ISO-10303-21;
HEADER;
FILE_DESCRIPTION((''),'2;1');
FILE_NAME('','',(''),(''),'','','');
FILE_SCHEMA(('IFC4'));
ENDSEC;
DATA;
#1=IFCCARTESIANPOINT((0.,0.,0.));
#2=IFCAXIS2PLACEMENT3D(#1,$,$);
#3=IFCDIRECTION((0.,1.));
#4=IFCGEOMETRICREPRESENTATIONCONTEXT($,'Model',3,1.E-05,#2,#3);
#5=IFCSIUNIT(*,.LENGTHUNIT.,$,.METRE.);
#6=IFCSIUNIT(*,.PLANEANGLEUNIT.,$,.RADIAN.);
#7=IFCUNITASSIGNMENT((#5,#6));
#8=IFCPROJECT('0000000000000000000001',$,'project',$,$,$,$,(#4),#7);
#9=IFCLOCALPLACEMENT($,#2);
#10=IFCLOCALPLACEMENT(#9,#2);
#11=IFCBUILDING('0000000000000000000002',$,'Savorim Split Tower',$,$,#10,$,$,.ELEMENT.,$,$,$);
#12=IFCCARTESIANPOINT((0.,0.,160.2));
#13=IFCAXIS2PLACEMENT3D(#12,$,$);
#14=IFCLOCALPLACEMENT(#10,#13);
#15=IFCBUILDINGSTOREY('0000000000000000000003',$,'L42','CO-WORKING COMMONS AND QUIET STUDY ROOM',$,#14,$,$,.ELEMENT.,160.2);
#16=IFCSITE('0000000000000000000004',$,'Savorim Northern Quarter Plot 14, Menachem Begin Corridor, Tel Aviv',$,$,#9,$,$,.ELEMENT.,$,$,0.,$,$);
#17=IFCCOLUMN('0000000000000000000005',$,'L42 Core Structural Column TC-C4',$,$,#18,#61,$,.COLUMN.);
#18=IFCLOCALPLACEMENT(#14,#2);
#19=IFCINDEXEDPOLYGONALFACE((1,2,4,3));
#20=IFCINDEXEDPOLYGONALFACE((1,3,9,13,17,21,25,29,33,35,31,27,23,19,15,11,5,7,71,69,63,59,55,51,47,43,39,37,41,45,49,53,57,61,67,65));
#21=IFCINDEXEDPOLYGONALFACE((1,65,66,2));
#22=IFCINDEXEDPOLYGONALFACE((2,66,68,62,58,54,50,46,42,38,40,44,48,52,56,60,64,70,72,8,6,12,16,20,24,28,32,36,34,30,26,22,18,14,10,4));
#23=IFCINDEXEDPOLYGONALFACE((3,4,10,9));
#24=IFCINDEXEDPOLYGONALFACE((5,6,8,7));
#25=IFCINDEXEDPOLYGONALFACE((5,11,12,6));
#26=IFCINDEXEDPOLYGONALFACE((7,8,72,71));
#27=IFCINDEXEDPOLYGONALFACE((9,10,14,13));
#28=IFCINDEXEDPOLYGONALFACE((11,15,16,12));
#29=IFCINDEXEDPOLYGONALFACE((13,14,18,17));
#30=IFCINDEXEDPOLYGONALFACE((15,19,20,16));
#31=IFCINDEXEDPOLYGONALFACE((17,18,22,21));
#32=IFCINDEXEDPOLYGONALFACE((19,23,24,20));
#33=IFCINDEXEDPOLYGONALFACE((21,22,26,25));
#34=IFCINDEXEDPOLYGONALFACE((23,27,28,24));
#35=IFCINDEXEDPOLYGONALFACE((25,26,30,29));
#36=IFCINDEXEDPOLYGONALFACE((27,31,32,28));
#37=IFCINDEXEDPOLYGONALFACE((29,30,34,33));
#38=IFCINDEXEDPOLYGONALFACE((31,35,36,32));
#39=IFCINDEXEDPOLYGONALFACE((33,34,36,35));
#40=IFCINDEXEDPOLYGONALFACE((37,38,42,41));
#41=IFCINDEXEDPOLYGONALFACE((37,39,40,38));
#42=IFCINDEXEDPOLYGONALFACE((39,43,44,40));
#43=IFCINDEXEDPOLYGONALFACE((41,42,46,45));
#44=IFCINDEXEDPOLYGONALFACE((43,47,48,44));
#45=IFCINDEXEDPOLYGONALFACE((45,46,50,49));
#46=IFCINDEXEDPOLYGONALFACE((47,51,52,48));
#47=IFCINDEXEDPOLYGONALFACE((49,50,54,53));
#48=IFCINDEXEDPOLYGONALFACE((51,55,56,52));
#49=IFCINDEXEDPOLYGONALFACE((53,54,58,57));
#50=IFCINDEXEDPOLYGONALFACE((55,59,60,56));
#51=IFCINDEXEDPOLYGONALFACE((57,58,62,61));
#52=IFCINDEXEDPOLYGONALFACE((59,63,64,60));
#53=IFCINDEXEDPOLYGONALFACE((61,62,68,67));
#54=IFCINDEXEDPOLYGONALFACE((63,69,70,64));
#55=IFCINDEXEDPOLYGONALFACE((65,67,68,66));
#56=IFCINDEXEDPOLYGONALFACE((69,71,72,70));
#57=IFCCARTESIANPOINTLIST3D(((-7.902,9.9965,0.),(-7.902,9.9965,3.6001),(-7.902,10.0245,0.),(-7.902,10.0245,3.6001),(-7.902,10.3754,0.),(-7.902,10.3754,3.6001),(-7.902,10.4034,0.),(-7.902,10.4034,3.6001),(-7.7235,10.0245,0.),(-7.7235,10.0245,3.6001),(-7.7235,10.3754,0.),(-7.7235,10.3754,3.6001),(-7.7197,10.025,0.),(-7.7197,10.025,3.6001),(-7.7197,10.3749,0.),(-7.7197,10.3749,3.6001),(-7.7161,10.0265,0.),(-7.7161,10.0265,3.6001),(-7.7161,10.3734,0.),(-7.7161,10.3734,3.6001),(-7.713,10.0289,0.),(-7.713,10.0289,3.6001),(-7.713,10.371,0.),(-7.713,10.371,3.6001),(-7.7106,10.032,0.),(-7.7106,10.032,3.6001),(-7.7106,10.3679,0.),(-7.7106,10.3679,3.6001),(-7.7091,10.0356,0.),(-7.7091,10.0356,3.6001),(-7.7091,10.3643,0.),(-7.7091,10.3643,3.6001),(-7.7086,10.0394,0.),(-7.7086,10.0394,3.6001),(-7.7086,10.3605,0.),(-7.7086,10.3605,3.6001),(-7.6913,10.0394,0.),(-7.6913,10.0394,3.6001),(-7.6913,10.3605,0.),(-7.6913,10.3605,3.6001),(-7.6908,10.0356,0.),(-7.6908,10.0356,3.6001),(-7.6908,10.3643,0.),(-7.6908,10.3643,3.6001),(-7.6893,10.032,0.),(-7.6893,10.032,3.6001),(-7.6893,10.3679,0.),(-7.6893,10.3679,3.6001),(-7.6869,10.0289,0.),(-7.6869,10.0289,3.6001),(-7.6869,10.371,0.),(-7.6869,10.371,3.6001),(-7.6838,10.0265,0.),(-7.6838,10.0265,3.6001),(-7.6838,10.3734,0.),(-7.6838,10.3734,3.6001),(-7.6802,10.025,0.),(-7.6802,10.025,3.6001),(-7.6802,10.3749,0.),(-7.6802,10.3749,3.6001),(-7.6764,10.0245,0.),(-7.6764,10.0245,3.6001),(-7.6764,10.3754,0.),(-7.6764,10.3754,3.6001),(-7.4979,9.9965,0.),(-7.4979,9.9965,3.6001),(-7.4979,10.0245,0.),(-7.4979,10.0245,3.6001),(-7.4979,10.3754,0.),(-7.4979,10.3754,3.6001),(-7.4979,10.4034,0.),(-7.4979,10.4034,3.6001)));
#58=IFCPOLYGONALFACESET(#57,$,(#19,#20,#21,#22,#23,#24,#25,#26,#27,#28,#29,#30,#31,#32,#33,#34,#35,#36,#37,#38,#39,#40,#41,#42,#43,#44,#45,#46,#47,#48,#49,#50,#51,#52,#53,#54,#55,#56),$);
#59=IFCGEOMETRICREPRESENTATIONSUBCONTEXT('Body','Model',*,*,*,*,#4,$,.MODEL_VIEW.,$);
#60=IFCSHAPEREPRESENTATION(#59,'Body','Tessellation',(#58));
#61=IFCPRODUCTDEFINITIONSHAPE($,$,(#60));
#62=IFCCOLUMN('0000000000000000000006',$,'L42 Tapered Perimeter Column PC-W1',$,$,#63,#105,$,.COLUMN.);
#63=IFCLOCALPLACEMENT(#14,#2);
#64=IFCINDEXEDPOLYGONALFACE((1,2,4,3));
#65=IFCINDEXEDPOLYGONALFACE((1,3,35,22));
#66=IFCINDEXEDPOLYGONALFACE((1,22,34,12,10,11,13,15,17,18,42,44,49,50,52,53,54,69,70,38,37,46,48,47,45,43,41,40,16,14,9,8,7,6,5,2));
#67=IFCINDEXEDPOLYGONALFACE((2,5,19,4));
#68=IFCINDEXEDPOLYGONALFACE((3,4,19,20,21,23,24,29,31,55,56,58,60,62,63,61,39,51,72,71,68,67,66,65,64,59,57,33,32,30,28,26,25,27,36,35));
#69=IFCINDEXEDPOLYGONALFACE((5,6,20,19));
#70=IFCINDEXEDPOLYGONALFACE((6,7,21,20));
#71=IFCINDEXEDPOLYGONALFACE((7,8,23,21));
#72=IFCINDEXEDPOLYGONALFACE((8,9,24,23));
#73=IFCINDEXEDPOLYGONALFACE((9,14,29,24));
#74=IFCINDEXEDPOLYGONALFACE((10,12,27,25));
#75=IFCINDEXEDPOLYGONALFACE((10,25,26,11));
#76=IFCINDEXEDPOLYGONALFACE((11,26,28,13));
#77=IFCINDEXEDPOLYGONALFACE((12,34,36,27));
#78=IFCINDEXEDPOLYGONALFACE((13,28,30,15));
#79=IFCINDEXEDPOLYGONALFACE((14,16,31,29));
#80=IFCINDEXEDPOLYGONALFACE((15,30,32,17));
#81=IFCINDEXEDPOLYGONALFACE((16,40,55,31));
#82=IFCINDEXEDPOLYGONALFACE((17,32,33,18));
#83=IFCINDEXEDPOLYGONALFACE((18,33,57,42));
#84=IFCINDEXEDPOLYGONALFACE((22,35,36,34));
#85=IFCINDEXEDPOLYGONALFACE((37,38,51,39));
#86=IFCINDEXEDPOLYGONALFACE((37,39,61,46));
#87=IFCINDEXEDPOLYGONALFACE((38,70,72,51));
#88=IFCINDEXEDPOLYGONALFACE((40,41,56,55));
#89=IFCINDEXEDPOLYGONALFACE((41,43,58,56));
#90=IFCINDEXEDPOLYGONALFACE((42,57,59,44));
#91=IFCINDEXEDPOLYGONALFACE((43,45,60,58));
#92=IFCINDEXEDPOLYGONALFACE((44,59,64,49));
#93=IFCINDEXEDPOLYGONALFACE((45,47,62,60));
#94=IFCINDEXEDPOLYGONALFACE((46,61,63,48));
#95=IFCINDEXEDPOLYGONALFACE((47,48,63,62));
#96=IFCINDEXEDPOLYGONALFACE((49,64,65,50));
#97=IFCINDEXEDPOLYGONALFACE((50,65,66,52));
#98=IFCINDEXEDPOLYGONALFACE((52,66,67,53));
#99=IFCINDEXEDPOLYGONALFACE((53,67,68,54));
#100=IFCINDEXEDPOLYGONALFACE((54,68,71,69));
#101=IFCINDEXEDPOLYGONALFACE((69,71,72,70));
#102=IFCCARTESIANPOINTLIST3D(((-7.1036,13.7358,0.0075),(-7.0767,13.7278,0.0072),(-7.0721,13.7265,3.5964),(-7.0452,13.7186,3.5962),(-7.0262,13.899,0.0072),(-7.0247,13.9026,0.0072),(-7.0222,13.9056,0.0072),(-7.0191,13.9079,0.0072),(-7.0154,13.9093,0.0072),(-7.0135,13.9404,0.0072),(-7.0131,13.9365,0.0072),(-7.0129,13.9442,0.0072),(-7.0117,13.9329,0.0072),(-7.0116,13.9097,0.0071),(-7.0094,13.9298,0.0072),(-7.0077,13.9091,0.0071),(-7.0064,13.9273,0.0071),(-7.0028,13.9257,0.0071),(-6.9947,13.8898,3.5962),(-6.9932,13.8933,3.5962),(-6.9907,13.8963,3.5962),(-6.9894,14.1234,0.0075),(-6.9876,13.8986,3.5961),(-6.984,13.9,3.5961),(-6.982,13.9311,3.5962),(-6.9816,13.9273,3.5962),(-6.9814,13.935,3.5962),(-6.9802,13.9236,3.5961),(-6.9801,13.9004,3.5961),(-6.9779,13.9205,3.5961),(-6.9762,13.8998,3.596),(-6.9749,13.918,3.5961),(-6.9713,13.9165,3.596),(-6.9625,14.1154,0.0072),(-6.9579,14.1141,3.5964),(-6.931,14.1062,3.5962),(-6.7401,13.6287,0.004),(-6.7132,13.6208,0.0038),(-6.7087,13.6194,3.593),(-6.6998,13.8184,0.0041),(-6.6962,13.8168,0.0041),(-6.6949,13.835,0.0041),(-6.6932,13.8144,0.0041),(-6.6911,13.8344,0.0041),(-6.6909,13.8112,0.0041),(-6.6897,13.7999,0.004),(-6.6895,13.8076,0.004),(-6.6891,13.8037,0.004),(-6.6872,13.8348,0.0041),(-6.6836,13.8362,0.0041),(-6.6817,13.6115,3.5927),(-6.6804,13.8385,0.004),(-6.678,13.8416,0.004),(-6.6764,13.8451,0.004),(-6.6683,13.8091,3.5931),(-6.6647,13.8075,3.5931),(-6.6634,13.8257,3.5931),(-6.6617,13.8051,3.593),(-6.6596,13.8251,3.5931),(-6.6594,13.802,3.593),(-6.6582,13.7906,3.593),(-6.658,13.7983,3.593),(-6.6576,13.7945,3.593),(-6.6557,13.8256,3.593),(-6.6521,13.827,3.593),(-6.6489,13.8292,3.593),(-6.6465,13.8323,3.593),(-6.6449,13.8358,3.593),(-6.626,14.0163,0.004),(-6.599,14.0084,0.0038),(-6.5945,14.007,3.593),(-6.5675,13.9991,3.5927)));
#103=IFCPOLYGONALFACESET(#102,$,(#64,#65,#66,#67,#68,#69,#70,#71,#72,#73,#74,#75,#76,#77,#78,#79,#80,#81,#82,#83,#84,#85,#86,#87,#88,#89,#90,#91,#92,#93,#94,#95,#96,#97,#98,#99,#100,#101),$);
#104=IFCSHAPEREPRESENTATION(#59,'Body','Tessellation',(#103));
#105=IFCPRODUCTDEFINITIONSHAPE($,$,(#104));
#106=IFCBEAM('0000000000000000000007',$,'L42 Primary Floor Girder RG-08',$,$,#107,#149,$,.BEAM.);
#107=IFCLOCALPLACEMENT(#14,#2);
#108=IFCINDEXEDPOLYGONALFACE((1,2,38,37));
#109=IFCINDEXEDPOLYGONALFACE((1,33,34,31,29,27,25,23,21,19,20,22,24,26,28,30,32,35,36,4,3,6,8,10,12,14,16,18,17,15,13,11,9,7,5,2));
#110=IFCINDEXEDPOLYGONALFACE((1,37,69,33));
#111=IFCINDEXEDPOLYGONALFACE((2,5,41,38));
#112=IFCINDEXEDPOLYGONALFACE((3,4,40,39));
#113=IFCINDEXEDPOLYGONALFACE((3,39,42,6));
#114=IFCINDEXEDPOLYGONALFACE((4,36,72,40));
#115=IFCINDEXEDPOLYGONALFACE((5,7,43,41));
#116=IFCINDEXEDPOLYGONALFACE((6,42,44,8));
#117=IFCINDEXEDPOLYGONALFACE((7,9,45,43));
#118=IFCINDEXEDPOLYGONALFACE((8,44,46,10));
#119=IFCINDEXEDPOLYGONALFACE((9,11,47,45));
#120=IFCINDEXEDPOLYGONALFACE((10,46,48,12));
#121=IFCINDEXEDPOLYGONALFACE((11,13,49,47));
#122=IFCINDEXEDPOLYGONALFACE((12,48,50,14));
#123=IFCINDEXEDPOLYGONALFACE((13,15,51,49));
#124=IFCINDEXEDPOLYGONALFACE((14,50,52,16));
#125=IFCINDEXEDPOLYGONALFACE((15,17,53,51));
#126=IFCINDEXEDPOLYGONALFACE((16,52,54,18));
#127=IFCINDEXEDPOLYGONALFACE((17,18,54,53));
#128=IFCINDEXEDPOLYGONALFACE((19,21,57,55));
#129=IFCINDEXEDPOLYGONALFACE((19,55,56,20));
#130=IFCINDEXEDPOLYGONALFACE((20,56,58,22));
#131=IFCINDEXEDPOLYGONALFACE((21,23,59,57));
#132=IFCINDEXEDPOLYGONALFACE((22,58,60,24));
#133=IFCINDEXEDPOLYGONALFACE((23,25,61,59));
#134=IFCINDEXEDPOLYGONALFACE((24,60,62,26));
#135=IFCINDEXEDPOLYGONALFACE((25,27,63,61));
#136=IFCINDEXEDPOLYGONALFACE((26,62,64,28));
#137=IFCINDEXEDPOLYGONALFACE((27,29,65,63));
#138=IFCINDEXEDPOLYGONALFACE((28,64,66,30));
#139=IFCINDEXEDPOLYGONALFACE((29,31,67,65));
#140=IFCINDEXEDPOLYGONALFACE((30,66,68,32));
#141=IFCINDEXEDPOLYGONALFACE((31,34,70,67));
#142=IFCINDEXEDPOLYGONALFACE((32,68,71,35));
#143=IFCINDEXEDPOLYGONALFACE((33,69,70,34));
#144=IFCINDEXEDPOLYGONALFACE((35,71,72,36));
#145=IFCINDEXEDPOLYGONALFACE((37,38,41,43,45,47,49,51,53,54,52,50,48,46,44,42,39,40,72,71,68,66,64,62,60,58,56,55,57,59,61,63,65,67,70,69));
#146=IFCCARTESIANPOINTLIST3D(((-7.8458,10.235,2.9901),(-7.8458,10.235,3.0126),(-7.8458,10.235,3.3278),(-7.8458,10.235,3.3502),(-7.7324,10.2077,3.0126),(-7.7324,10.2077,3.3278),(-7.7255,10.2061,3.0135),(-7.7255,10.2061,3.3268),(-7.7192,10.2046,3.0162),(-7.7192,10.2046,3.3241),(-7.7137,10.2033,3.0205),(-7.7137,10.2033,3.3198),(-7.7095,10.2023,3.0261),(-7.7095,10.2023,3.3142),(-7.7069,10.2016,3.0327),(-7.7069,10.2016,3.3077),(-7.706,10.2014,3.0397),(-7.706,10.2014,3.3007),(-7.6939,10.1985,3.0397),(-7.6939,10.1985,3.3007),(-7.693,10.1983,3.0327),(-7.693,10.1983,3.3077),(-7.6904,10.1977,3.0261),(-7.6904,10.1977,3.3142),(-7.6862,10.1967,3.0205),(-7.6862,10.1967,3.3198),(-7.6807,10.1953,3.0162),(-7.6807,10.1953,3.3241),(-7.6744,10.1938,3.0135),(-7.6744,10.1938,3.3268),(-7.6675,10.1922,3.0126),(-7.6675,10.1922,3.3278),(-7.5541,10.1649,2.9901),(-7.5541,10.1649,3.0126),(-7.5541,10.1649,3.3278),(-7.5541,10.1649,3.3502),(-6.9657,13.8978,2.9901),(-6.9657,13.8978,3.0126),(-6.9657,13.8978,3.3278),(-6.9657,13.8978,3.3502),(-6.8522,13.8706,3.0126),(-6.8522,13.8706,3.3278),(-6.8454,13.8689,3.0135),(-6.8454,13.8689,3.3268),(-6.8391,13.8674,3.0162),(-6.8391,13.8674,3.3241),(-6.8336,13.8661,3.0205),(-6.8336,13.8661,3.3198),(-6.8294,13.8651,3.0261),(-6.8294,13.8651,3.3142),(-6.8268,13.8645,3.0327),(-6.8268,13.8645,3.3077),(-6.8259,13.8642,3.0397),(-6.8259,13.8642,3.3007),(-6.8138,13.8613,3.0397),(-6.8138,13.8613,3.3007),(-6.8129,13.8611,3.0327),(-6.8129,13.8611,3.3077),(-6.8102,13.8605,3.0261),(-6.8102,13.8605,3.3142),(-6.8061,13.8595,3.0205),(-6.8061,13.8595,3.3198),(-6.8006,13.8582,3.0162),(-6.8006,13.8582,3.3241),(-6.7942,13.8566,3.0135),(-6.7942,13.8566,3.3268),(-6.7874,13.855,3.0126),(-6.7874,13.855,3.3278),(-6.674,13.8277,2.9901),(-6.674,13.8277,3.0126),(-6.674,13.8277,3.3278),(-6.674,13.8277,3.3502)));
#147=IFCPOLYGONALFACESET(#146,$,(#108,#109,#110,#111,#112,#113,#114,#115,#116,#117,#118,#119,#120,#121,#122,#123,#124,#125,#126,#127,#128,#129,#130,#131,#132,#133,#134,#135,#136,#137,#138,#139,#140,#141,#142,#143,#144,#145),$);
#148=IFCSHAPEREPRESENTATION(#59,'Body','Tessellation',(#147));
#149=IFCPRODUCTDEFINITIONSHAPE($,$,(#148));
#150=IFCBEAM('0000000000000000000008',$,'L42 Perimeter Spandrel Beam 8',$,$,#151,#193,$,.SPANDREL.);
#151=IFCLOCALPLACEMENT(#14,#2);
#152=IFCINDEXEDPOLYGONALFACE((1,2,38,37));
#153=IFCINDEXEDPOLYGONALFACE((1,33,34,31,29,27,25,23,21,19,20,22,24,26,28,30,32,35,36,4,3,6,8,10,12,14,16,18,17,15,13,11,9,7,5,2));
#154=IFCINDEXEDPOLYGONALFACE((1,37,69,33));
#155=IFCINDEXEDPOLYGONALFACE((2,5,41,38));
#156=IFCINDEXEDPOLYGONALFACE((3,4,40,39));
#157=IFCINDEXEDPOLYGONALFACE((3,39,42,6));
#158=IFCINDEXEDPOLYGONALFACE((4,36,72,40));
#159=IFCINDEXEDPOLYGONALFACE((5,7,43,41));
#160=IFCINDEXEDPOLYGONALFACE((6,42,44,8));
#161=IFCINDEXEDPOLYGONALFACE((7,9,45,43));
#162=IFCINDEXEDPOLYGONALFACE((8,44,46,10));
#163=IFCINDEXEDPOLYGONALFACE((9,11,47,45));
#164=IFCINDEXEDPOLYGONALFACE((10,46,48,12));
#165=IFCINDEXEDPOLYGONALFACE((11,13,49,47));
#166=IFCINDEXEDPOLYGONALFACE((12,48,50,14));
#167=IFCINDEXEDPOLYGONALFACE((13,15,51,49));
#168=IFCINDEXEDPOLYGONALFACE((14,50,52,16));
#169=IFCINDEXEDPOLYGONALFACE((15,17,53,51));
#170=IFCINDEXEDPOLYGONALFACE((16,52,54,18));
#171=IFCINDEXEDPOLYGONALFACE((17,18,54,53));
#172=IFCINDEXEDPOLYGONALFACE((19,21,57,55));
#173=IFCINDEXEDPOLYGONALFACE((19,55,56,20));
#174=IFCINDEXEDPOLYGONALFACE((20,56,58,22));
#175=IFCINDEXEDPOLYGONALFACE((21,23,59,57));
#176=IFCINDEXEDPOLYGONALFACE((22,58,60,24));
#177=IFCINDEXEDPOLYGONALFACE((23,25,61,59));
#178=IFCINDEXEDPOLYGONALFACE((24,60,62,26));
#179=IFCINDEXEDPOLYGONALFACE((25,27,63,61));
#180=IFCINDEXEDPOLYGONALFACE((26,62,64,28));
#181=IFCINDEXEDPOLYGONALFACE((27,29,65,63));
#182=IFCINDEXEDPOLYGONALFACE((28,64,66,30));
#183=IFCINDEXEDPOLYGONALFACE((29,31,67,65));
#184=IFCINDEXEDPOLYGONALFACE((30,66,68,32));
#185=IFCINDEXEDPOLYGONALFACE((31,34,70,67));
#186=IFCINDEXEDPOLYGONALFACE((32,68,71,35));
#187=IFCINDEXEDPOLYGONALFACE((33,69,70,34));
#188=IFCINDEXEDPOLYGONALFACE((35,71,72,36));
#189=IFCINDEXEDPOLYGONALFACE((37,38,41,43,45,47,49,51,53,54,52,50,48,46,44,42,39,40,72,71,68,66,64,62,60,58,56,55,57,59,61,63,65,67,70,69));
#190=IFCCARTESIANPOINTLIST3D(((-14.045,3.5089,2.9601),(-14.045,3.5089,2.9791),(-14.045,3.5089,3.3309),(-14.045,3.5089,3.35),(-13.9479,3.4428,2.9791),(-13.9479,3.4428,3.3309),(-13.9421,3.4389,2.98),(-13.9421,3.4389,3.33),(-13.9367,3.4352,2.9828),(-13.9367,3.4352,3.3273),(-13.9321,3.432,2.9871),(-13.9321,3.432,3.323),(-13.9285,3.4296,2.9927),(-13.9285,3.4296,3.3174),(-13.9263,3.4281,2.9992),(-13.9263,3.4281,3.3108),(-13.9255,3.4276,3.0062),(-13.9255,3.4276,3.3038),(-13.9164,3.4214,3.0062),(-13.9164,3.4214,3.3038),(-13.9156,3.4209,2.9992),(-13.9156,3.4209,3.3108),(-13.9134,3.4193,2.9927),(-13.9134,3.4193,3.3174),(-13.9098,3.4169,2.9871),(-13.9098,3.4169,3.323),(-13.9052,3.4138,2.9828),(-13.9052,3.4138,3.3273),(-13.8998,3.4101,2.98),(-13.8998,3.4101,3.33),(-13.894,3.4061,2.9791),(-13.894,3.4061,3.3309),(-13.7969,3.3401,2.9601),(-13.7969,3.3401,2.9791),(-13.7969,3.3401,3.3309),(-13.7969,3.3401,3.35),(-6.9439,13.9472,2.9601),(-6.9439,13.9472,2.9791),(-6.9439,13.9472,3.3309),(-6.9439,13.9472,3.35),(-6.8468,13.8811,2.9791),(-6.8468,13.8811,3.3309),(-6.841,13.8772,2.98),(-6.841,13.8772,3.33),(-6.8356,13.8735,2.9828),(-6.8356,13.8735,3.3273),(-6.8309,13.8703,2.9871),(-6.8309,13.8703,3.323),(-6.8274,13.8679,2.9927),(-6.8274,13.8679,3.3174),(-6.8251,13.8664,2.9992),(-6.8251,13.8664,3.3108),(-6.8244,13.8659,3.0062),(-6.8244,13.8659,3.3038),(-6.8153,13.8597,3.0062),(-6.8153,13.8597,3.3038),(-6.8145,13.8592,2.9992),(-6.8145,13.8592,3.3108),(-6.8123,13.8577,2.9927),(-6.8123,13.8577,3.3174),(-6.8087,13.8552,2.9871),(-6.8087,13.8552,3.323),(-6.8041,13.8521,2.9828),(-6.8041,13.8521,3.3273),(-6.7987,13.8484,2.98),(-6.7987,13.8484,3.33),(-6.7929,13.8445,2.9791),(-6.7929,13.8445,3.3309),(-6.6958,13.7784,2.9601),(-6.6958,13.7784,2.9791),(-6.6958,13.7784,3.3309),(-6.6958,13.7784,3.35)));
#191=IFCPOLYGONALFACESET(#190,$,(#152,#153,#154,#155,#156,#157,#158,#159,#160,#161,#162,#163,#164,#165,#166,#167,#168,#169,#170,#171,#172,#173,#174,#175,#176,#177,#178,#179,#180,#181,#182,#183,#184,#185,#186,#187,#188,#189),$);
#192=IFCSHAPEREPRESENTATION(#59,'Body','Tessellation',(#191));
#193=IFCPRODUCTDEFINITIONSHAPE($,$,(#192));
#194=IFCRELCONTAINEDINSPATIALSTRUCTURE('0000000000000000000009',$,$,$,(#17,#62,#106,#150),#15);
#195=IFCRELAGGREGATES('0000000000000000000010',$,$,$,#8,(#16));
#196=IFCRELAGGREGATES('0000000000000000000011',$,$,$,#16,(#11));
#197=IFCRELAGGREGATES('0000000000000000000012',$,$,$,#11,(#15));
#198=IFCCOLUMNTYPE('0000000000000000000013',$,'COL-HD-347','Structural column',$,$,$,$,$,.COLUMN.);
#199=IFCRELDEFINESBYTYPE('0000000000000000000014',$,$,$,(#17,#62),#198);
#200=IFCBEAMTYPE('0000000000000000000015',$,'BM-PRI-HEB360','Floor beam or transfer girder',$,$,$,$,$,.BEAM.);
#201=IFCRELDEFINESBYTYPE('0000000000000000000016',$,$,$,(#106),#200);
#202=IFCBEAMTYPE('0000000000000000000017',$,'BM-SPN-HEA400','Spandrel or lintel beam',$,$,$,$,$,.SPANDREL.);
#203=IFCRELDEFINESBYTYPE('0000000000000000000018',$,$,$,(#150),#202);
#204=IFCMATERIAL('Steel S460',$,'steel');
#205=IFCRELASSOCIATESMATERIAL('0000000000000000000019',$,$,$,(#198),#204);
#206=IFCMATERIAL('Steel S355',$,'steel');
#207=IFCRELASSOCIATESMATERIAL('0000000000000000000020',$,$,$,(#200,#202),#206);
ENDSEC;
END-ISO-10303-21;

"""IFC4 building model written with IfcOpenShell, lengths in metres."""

from ifc_helpers import new_model, si_unit, direction, frame, origin, origin_2d, place, context, subcontext, project, spatial, i_section, extrude, material, material_profile, profile_set, type_object, element, save


model = new_model("IFC4")

# Units and contexts
model_context = context("Model", 3, precision=1e-05, world=origin(), true_north=direction((0.0, 1.0)))
body_context = subcontext(model_context, "Body", "Model", "MODEL_VIEW")
ifc_project = project(units=[si_unit("LENGTHUNIT", "METRE"), si_unit("PLANEANGLEUNIT", "RADIAN")], contexts=[model_context])

# Site, building, storey
site_placement = place(None, origin())
site = spatial("IfcSite", under=ifc_project, at=site_placement, Name="Savorim Northern Quarter Plot 14, Menachem Begin Corridor, Tel Aviv", CompositionType="ELEMENT", RefElevation=0.0)
building_placement = place(site_placement, origin())
building = spatial("IfcBuilding", under=site, at=building_placement, Name="Savorim Split Tower", CompositionType="ELEMENT")
storey_placement = place(building_placement, frame((0.0, 0.0, 160.2)))
storey = spatial("IfcBuildingStorey", under=building, at=storey_placement, Name="L42", Description="CO-WORKING COMMONS AND QUIET STUDY ROOM", CompositionType="ELEMENT", Elevation=160.2)

# Columns
ifc_material_1 = material(Name="Steel S460", Category="steel")
ifc_material_profile_1 = material_profile(ifc_material_1, i_section(OverallWidth=0.4041, OverallDepth=0.407, WebThickness=0.0173, FlangeThickness=0.0281, FilletRadius=0.0149, at=origin_2d()), Name="HD 400x347")
ifc_profile_set_1 = profile_set([ifc_material_profile_1], Name="Steel S460")
column_type = type_object("IfcColumnType", Name="COL-HD-347", Description="Structural column", PredefinedType="COLUMN", material=ifc_profile_set_1)
column_1_placement = place(storey_placement, frame((-7.7, 10.2, 0.0), z_axis=(0.0, 0.0, 1.0), x_axis=(1.0, 0.0, 0.0)))
element("IfcColumn", 1, at=column_1_placement, inside=storey, type_object=column_type, Name="L42 Core Structural Column TC-C4", PredefinedType="COLUMN", context=body_context, shape_type="SweptSolid", body=[
    extrude(i_section(OverallWidth=0.4041, OverallDepth=0.407, WebThickness=0.0173, FlangeThickness=0.0281, FilletRadius=0.0149, at=origin_2d()), origin(), (0.0, 0.0, 1.0), 3.6001),
])
column_2_placement = place(storey_placement, frame((-6.8513, 13.8721, 0.0056), z_axis=(0.008775, -0.002585, 0.999958), x_axis=(0.282569, 0.959247, 0.0)))
element("IfcColumn", 2, at=column_2_placement, inside=storey, type_object=column_type, Name="L42 Tapered Perimeter Column PC-W1", PredefinedType="COLUMN", context=body_context, shape_type="SweptSolid", body=[
    extrude(i_section(OverallWidth=0.4041, OverallDepth=0.407, WebThickness=0.0173, FlangeThickness=0.0281, FilletRadius=0.0149, at=origin_2d()), origin(), (0.0, 0.0, 1.0), 3.5891),
])

# Beams
ifc_material_2 = material(Name="Steel S355", Category="steel")
ifc_material_profile_2 = material_profile(ifc_material_2, i_section(OverallWidth=0.3, OverallDepth=0.3601, WebThickness=0.0125, FlangeThickness=0.0225, FilletRadius=0.0271, at=origin_2d()), Name="HEB 360")
ifc_profile_set_2 = profile_set([ifc_material_profile_2], Name="Steel S355")
beam_type_1 = type_object("IfcBeamType", Name="BM-PRI-HEB360", Description="Floor beam or transfer girder", PredefinedType="BEAM", material=ifc_profile_set_2)
beam_1_placement = place(storey_placement, frame((-6.8198, 13.8628, 3.1702), z_axis=(-0.233635, -0.972324, 0.0), x_axis=(0.972324, -0.233635, 0.0)))
element("IfcBeam", 3, at=beam_1_placement, inside=storey, type_object=beam_type_1, Name="L42 Primary Floor Girder RG-08", PredefinedType="BEAM", context=body_context, shape_type="SweptSolid", body=[
    extrude(i_section(OverallWidth=0.3, OverallDepth=0.3601, WebThickness=0.0125, FlangeThickness=0.0225, FilletRadius=0.0271, at=origin_2d()), origin(), (0.0, 0.0, 1.0), 3.7671),
])
ifc_material_profile_3 = material_profile(ifc_material_2, i_section(OverallWidth=0.3, OverallDepth=0.3899, WebThickness=0.011, FlangeThickness=0.019, FilletRadius=0.0271, at=origin_2d()), Name="HEA 400")
ifc_profile_set_3 = profile_set([ifc_material_profile_3], Name="Steel S355")
beam_type_2 = type_object("IfcBeamType", Name="BM-SPN-HEA400", Description="Spandrel or lintel beam", PredefinedType="SPANDREL", material=ifc_profile_set_3)
beam_2_placement = place(storey_placement, frame((-6.8198, 13.8628, 3.155), z_axis=(-0.562477, -0.826813, 0.0), x_axis=(0.826813, -0.562477, 0.0)))
element("IfcBeam", 4, at=beam_2_placement, inside=storey, type_object=beam_type_2, Name="L42 Perimeter Spandrel Beam 8", PredefinedType="SPANDREL", context=body_context, shape_type="SweptSolid", body=[
    extrude(i_section(OverallWidth=0.3, OverallDepth=0.3899, WebThickness=0.011, FlangeThickness=0.019, FilletRadius=0.0271, at=origin_2d()), origin(), (0.0, 0.0, 1.0), 12.6248),
])

save(model, "model.ifc")
